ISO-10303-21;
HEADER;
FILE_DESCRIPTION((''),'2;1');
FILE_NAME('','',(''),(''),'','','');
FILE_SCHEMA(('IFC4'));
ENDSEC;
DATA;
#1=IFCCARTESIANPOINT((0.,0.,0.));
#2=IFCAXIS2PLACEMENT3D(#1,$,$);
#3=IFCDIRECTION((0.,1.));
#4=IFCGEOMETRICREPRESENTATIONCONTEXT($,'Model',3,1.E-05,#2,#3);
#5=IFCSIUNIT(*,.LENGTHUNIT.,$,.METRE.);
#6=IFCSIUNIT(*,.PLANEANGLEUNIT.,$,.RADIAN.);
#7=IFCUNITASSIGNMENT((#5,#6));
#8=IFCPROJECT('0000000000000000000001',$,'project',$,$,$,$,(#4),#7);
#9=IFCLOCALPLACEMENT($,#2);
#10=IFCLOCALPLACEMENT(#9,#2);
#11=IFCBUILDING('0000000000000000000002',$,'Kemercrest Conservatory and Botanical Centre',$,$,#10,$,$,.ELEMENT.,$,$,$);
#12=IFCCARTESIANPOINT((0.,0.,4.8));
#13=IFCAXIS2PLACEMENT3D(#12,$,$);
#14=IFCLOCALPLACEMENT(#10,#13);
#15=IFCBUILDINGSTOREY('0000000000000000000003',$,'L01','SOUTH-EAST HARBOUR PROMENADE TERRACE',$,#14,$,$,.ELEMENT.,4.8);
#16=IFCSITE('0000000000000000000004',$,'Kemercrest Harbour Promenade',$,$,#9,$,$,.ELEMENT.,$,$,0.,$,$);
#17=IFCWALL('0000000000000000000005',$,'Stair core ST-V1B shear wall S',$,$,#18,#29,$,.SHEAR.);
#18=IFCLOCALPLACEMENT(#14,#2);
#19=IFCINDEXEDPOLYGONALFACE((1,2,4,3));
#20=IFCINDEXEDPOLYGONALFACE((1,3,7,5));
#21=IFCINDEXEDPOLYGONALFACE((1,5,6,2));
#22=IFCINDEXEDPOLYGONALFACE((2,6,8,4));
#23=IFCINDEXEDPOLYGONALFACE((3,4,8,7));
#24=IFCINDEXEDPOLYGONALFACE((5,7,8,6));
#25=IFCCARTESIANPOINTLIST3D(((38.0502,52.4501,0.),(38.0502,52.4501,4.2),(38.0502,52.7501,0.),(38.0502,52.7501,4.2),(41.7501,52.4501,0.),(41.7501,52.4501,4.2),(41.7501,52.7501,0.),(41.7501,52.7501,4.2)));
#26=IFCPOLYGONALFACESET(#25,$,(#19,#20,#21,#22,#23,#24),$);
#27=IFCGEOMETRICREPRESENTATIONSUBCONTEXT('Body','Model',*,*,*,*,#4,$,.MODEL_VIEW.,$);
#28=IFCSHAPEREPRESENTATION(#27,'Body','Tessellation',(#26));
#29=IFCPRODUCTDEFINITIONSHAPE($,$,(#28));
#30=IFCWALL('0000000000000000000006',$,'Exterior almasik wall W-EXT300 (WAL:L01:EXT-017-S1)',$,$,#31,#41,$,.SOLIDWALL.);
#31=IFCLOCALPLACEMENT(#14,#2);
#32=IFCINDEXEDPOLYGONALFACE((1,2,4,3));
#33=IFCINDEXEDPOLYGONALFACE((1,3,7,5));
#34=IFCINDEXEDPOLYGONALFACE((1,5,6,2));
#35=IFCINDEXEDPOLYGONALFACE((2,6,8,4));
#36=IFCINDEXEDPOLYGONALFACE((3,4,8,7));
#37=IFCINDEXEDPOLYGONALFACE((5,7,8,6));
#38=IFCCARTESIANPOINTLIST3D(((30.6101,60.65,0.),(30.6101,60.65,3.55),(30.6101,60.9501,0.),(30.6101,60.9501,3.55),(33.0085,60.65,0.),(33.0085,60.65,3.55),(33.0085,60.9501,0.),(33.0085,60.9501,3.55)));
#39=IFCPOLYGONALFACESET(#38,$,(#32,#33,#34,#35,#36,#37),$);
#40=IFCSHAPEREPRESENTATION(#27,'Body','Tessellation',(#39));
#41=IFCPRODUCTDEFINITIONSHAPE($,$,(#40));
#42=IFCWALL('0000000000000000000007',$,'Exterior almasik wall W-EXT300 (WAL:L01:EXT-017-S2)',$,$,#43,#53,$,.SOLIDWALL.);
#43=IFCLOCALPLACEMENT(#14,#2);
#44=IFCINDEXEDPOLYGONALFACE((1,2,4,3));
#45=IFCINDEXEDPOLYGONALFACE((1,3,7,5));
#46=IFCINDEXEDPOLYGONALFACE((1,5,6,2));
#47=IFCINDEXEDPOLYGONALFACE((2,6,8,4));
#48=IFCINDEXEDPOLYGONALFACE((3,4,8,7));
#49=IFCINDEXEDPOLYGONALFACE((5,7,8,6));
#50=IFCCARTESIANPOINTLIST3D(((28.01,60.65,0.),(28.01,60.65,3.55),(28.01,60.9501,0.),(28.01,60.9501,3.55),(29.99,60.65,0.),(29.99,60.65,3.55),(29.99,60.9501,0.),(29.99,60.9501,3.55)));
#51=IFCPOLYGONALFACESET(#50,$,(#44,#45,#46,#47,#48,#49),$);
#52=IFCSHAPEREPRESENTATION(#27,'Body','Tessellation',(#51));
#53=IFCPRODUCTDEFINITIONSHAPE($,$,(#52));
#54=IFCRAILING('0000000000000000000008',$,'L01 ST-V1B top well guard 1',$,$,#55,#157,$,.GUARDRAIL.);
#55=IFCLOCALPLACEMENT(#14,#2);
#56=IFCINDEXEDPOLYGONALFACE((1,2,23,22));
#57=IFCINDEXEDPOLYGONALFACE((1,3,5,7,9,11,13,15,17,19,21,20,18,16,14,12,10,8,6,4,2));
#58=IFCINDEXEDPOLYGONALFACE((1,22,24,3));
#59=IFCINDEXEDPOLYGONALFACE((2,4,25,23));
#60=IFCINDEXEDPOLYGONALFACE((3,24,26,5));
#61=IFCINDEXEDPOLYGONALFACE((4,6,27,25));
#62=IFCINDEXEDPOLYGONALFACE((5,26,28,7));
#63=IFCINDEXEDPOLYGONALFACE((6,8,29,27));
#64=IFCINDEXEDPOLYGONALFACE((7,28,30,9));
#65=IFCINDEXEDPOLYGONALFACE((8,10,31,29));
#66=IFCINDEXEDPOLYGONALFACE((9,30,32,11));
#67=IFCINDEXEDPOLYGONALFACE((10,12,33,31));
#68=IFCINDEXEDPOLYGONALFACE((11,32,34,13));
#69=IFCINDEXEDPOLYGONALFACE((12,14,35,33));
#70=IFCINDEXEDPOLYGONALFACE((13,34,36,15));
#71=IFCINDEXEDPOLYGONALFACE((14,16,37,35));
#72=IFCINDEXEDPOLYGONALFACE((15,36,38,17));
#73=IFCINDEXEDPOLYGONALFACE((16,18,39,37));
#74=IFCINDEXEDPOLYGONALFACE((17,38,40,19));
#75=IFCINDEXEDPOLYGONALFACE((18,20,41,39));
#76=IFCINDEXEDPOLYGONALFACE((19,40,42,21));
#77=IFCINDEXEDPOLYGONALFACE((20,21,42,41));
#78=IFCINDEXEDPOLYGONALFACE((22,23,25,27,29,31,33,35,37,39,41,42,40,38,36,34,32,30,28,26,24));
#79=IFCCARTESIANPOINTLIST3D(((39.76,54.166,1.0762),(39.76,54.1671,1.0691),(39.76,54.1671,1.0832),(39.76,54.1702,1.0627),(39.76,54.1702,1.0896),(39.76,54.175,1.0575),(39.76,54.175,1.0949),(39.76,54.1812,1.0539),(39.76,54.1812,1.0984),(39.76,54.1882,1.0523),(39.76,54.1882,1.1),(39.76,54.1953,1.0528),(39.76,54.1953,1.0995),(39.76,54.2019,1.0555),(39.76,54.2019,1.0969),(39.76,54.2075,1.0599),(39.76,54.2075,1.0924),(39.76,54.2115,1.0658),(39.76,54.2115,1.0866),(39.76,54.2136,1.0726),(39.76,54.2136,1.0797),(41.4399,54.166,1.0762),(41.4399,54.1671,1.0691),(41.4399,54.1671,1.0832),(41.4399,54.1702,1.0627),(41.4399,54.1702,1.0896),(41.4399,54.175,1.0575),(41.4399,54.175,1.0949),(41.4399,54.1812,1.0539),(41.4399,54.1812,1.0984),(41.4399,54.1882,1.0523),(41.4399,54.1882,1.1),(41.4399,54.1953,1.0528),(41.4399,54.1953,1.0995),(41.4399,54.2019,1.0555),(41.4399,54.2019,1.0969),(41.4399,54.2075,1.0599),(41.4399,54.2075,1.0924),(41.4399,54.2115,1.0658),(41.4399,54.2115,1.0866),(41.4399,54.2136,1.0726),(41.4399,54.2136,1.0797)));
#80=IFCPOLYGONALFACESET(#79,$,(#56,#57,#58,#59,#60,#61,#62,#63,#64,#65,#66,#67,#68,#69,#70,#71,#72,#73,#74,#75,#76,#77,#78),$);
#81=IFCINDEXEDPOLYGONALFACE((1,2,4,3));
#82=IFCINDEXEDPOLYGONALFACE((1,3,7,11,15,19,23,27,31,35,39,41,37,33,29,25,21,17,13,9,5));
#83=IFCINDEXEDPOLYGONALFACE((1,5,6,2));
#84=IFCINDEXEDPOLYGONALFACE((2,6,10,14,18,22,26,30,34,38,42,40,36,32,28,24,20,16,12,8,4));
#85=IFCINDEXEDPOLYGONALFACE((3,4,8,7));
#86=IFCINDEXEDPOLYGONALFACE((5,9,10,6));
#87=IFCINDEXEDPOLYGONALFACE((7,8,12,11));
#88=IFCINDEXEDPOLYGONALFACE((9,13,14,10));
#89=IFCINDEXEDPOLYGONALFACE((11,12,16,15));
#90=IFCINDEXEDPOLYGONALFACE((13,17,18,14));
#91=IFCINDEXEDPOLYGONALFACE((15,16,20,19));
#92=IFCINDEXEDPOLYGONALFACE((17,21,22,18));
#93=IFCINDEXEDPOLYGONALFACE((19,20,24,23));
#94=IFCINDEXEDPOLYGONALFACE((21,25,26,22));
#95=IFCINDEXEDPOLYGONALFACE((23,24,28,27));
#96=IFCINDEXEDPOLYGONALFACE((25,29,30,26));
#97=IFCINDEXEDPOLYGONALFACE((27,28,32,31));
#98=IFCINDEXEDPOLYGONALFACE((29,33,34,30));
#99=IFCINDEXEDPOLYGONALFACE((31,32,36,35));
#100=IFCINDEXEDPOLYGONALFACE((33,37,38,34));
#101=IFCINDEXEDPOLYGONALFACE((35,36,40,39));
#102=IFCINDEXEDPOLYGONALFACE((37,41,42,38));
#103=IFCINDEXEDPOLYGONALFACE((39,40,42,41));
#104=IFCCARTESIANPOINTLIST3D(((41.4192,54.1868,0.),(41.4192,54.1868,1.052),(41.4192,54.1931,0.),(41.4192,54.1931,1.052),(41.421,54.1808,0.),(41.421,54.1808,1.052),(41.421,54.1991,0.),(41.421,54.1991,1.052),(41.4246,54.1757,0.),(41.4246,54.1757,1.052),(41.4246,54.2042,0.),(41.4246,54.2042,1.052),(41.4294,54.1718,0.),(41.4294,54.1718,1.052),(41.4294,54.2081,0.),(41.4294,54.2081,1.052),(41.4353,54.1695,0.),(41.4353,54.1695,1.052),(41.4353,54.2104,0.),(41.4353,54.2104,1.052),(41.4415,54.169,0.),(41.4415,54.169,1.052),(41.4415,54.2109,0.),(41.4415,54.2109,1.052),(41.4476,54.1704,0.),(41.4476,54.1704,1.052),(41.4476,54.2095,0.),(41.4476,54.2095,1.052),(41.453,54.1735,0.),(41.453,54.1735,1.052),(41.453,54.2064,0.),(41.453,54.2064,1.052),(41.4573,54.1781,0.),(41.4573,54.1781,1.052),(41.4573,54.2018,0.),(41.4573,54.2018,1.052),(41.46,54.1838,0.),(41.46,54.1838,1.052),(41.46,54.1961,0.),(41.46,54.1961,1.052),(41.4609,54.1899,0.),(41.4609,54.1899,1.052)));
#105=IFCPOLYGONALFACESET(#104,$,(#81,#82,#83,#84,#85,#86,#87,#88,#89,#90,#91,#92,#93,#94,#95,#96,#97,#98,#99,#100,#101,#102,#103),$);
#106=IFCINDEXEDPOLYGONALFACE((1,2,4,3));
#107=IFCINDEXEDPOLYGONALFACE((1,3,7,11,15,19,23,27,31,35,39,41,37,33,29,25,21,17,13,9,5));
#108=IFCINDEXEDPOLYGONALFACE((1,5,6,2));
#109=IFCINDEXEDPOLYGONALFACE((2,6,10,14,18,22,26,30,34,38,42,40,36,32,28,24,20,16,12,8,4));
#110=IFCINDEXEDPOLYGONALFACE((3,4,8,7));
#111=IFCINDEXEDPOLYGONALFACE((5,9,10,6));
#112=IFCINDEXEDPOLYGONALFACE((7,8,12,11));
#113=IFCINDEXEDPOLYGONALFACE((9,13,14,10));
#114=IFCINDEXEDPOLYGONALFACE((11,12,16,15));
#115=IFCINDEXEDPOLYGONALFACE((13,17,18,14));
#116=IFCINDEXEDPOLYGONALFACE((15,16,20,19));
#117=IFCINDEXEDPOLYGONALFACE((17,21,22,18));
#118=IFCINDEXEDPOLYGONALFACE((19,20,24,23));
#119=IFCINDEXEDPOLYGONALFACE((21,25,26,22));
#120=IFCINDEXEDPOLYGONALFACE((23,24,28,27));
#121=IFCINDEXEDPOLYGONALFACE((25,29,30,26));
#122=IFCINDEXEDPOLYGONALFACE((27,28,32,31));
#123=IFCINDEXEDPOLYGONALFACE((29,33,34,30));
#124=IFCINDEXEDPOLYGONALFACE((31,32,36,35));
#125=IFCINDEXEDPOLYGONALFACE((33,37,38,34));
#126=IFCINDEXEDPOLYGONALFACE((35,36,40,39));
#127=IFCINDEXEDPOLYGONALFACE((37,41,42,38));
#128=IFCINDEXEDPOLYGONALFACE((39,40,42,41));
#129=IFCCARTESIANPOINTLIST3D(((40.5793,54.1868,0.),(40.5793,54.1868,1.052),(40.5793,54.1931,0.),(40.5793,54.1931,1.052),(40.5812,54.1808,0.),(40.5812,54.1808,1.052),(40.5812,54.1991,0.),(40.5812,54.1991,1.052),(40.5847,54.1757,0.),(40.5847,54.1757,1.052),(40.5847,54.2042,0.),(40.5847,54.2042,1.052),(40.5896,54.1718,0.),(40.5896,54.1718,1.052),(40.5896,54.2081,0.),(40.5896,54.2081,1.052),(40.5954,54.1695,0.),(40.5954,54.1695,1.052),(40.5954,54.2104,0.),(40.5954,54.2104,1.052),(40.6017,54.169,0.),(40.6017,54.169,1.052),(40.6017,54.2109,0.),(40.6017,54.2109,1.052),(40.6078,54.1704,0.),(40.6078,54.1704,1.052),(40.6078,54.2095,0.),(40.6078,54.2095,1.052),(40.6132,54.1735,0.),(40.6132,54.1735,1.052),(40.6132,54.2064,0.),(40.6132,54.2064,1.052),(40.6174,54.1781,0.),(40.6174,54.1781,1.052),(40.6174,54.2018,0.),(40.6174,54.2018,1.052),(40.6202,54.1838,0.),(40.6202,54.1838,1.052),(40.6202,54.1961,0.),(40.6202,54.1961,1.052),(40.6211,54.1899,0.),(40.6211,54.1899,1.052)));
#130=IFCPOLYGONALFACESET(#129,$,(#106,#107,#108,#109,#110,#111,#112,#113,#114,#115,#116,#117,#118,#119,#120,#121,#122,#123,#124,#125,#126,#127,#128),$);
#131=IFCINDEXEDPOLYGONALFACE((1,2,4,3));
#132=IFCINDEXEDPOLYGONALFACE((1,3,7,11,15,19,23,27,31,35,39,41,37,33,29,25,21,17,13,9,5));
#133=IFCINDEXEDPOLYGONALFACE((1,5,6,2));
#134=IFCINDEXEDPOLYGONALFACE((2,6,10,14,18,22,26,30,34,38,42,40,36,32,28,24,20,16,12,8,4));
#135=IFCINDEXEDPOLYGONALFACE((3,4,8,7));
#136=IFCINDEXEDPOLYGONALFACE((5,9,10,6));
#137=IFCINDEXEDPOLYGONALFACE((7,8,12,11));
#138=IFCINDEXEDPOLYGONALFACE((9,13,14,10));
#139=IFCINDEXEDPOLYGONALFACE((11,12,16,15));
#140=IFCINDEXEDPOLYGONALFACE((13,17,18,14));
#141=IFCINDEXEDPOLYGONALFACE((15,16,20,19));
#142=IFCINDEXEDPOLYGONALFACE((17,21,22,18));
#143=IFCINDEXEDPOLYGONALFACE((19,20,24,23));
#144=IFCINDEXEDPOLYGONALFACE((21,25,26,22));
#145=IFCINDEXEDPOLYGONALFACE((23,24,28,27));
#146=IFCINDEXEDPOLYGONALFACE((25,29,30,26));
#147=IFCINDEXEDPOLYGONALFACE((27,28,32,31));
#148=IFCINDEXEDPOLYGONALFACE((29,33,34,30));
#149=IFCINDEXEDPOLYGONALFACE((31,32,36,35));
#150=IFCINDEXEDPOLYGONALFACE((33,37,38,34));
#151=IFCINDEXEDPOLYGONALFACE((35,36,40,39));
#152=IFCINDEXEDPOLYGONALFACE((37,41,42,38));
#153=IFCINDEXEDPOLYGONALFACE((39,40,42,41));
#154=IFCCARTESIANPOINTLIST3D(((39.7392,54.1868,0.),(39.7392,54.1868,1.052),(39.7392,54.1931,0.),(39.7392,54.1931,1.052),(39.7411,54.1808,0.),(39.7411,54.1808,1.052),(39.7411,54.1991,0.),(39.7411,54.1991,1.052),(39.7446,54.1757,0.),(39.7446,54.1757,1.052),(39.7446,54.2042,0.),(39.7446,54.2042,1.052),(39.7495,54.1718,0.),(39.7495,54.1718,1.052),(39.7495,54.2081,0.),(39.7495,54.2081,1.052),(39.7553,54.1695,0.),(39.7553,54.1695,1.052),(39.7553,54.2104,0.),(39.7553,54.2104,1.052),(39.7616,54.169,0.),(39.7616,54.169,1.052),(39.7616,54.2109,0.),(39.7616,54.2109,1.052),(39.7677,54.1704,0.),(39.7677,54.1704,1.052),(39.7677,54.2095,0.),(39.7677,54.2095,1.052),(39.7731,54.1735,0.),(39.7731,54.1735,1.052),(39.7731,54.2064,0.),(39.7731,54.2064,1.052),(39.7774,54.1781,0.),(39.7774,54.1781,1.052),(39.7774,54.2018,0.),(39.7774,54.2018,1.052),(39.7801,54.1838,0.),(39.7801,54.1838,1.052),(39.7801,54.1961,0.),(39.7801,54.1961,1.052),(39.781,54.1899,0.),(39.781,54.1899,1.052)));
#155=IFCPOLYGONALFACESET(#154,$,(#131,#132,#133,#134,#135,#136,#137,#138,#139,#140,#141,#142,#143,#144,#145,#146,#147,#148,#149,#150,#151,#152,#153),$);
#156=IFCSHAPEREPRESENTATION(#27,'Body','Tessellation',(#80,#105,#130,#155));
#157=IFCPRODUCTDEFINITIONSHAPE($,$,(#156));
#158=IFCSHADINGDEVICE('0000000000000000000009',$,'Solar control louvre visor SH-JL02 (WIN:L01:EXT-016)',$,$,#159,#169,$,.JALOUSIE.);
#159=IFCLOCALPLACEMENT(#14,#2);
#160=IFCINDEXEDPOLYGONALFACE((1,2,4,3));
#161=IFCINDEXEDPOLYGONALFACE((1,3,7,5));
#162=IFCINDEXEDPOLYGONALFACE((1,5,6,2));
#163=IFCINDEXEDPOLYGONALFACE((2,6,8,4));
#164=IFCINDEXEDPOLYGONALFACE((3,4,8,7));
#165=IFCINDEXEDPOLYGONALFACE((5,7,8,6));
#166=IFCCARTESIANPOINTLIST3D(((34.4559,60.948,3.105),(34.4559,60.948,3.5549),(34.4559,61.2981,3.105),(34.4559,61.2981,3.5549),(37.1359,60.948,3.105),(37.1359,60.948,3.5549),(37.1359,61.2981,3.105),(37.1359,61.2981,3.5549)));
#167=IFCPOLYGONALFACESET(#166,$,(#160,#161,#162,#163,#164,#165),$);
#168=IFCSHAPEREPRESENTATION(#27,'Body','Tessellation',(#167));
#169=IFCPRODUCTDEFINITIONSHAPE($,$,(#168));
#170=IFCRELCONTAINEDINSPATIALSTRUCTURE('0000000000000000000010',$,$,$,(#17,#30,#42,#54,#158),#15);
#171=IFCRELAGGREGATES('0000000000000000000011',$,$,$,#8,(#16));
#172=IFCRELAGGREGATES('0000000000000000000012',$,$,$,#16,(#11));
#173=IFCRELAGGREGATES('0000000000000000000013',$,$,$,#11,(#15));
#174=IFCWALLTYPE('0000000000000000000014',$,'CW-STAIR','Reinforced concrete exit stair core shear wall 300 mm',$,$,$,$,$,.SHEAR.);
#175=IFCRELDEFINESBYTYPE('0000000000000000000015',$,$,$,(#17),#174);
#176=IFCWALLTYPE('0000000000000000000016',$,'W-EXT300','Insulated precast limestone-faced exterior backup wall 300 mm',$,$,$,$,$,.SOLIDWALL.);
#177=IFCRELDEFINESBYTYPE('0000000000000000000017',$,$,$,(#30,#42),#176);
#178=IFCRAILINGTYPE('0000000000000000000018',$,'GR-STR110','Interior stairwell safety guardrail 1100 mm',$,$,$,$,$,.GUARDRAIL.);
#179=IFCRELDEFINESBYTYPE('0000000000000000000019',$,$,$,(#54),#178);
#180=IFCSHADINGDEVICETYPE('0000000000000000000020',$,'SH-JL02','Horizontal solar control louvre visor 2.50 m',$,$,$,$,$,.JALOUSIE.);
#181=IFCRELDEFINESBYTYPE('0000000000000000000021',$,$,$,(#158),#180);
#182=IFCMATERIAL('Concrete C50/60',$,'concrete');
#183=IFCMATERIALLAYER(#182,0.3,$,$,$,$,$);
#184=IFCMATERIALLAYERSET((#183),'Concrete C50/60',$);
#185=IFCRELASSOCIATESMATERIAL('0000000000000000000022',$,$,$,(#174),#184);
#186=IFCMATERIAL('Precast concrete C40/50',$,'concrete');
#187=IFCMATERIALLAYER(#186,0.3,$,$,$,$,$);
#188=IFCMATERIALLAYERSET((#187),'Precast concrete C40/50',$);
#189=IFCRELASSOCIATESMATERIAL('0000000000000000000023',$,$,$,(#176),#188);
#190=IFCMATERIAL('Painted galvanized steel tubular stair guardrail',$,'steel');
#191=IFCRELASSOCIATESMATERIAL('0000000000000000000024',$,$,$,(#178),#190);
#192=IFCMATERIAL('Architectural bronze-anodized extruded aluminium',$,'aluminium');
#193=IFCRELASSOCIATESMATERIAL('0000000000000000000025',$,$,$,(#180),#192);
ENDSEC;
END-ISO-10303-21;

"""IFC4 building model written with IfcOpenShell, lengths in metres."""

from ifc_helpers import new_model, si_unit, direction, frame, frame_2d, origin, origin_2d, place, context, subcontext, project, spatial, rectangle, circle, extrude, material, layer, layer_set, type_object, element, save


model = new_model("IFC4")

# Units and contexts
model_context = context("Model", 3, precision=1e-05, world=origin(), true_north=direction((0.0, 1.0)))
body_context = subcontext(model_context, "Body", "Model", "MODEL_VIEW")
ifc_project = project(units=[si_unit("LENGTHUNIT", "METRE"), si_unit("PLANEANGLEUNIT", "RADIAN")], contexts=[model_context])

# Site, building, storey
site_placement = place(None, origin())
site = spatial("IfcSite", under=ifc_project, at=site_placement, Name="Kemercrest Harbour Promenade", CompositionType="ELEMENT", RefElevation=0.0)
building_placement = place(site_placement, origin())
building = spatial("IfcBuilding", under=site, at=building_placement, Name="Kemercrest Conservatory and Botanical Centre", CompositionType="ELEMENT")
storey_placement = place(building_placement, frame((0.0, 0.0, 4.8)))
storey = spatial("IfcBuildingStorey", under=building, at=storey_placement, Name="L01", Description="SOUTH-EAST HARBOUR PROMENADE TERRACE", CompositionType="ELEMENT", Elevation=4.8)

# Shared definitions
ifc_material_1 = material(Name="Precast concrete C40/50", Category="concrete")

# Walls
ifc_material_2 = material(Name="Concrete C50/60", Category="concrete")
ifc_layer_1 = layer(ifc_material_2, 0.3)
ifc_layer_set_1 = layer_set([ifc_layer_1], Name="Concrete C50/60")
wall_type_1 = type_object("IfcWallType", Name="CW-STAIR", Description="Reinforced concrete exit stair core shear wall 300 mm", PredefinedType="SHEAR", material=ifc_layer_set_1)
wall_1_placement = place(storey_placement, frame((38.05, 52.6001, 0.0), z_axis=(0.0, 0.0, 1.0), x_axis=(1.0, 0.0, 0.0)))
element("IfcWall", 1, at=wall_1_placement, inside=storey, type_object=wall_type_1, Name="Stair core ST-V1B shear wall S", PredefinedType="SHEAR", context=body_context, shape_type="SweptSolid", body=[
    extrude(rectangle(XDim=3.7, YDim=0.3, at=frame_2d((1.8501, 0.0))), origin(), (0.0, 0.0, 1.0), 4.2),
])
ifc_layer_2 = layer(ifc_material_1, 0.3)
ifc_layer_set_2 = layer_set([ifc_layer_2], Name="Precast concrete C40/50")
wall_type_2 = type_object("IfcWallType", Name="W-EXT300", Description="Insulated precast limestone-faced exterior backup wall 300 mm", PredefinedType="SOLIDWALL", material=ifc_layer_set_2)
wall_2_placement = place(storey_placement, frame((33.0085, 60.8, 0.0), z_axis=(0.0, 0.0, 1.0), x_axis=(-1.0, 0.0, 0.0)))
element("IfcWall", 2, at=wall_2_placement, inside=storey, type_object=wall_type_2, Name="Exterior almasik wall W-EXT300 (WAL:L01:EXT-017-S1)", PredefinedType="SOLIDWALL", context=body_context, shape_type="SweptSolid", body=[
    extrude(rectangle(XDim=2.3984, YDim=0.3, at=frame_2d((1.1992, 0.0))), origin(), (0.0, 0.0, 1.0), 3.55),
])
wall_3_placement = place(storey_placement, frame((29.99, 60.8, 0.0), z_axis=(0.0, 0.0, 1.0), x_axis=(-1.0, 0.0, 0.0)))
element("IfcWall", 3, at=wall_3_placement, inside=storey, type_object=wall_type_2, Name="Exterior almasik wall W-EXT300 (WAL:L01:EXT-017-S2)", PredefinedType="SOLIDWALL", context=body_context, shape_type="SweptSolid", body=[
    extrude(rectangle(XDim=1.98, YDim=0.3, at=frame_2d((0.99, 0.0))), origin(), (0.0, 0.0, 1.0), 3.55),
])

# Railing
ifc_material_3 = material(Name="Painted galvanized steel tubular stair guardrail", Category="steel")
railing_type_1 = type_object("IfcRailingType", Name="GR-STR110", Description="Interior stairwell safety guardrail 1100 mm", PredefinedType="GUARDRAIL", material=ifc_material_3)
railing_1_placement = place(storey_placement, frame((41.4399, 54.1899, 0.0)))
element("IfcRailing", 4, at=railing_1_placement, inside=storey, type_object=railing_type_1, Name="L01 ST-V1B top well guard 1", PredefinedType="GUARDRAIL", context=body_context, shape_type="SweptSolid", body=[
    extrude(circle(Radius=0.0239, at=origin_2d()), frame((0.0, 0.0, 1.0762), z_axis=(-1.0, 0.0, 0.0), x_axis=(0.0, -1.0, 0.0)), (0.0, 0.0, 1.0), 1.6799),
    extrude(circle(Radius=0.021, at=origin_2d()), origin(), (0.0, 0.0, 1.0), 1.052),
    extrude(circle(Radius=0.021, at=origin_2d()), frame((-0.8398, 0.0, 0.0)), (0.0, 0.0, 1.0), 1.052),
    extrude(circle(Radius=0.021, at=origin_2d()), frame((-1.6799, 0.0, 0.0)), (0.0, 0.0, 1.0), 1.052),
])

# Shading device
ifc_material_4 = material(Name="Architectural bronze-anodized extruded aluminium", Category="aluminium")
shading_device_type = type_object("IfcShadingDeviceType", Name="SH-JL02", Description="Horizontal solar control louvre visor 2.50 m", PredefinedType="JALOUSIE", material=ifc_material_4)
shading_device_placement = place(storey_placement, frame((35.7959, 61.123, 3.105), z_axis=(0.0, 0.0, 1.0), x_axis=(-1.0, 0.0, 0.0)))
element("IfcShadingDevice", 5, at=shading_device_placement, inside=storey, type_object=shading_device_type, Name="Solar control louvre visor SH-JL02 (WIN:L01:EXT-016)", PredefinedType="JALOUSIE", context=body_context, shape_type="SweptSolid", body=[
    extrude(rectangle(XDim=2.6799, YDim=0.3501, at=origin_2d()), origin(), (0.0, 0.0, 1.0), 0.45),
])

save(model, "model.ifc")
